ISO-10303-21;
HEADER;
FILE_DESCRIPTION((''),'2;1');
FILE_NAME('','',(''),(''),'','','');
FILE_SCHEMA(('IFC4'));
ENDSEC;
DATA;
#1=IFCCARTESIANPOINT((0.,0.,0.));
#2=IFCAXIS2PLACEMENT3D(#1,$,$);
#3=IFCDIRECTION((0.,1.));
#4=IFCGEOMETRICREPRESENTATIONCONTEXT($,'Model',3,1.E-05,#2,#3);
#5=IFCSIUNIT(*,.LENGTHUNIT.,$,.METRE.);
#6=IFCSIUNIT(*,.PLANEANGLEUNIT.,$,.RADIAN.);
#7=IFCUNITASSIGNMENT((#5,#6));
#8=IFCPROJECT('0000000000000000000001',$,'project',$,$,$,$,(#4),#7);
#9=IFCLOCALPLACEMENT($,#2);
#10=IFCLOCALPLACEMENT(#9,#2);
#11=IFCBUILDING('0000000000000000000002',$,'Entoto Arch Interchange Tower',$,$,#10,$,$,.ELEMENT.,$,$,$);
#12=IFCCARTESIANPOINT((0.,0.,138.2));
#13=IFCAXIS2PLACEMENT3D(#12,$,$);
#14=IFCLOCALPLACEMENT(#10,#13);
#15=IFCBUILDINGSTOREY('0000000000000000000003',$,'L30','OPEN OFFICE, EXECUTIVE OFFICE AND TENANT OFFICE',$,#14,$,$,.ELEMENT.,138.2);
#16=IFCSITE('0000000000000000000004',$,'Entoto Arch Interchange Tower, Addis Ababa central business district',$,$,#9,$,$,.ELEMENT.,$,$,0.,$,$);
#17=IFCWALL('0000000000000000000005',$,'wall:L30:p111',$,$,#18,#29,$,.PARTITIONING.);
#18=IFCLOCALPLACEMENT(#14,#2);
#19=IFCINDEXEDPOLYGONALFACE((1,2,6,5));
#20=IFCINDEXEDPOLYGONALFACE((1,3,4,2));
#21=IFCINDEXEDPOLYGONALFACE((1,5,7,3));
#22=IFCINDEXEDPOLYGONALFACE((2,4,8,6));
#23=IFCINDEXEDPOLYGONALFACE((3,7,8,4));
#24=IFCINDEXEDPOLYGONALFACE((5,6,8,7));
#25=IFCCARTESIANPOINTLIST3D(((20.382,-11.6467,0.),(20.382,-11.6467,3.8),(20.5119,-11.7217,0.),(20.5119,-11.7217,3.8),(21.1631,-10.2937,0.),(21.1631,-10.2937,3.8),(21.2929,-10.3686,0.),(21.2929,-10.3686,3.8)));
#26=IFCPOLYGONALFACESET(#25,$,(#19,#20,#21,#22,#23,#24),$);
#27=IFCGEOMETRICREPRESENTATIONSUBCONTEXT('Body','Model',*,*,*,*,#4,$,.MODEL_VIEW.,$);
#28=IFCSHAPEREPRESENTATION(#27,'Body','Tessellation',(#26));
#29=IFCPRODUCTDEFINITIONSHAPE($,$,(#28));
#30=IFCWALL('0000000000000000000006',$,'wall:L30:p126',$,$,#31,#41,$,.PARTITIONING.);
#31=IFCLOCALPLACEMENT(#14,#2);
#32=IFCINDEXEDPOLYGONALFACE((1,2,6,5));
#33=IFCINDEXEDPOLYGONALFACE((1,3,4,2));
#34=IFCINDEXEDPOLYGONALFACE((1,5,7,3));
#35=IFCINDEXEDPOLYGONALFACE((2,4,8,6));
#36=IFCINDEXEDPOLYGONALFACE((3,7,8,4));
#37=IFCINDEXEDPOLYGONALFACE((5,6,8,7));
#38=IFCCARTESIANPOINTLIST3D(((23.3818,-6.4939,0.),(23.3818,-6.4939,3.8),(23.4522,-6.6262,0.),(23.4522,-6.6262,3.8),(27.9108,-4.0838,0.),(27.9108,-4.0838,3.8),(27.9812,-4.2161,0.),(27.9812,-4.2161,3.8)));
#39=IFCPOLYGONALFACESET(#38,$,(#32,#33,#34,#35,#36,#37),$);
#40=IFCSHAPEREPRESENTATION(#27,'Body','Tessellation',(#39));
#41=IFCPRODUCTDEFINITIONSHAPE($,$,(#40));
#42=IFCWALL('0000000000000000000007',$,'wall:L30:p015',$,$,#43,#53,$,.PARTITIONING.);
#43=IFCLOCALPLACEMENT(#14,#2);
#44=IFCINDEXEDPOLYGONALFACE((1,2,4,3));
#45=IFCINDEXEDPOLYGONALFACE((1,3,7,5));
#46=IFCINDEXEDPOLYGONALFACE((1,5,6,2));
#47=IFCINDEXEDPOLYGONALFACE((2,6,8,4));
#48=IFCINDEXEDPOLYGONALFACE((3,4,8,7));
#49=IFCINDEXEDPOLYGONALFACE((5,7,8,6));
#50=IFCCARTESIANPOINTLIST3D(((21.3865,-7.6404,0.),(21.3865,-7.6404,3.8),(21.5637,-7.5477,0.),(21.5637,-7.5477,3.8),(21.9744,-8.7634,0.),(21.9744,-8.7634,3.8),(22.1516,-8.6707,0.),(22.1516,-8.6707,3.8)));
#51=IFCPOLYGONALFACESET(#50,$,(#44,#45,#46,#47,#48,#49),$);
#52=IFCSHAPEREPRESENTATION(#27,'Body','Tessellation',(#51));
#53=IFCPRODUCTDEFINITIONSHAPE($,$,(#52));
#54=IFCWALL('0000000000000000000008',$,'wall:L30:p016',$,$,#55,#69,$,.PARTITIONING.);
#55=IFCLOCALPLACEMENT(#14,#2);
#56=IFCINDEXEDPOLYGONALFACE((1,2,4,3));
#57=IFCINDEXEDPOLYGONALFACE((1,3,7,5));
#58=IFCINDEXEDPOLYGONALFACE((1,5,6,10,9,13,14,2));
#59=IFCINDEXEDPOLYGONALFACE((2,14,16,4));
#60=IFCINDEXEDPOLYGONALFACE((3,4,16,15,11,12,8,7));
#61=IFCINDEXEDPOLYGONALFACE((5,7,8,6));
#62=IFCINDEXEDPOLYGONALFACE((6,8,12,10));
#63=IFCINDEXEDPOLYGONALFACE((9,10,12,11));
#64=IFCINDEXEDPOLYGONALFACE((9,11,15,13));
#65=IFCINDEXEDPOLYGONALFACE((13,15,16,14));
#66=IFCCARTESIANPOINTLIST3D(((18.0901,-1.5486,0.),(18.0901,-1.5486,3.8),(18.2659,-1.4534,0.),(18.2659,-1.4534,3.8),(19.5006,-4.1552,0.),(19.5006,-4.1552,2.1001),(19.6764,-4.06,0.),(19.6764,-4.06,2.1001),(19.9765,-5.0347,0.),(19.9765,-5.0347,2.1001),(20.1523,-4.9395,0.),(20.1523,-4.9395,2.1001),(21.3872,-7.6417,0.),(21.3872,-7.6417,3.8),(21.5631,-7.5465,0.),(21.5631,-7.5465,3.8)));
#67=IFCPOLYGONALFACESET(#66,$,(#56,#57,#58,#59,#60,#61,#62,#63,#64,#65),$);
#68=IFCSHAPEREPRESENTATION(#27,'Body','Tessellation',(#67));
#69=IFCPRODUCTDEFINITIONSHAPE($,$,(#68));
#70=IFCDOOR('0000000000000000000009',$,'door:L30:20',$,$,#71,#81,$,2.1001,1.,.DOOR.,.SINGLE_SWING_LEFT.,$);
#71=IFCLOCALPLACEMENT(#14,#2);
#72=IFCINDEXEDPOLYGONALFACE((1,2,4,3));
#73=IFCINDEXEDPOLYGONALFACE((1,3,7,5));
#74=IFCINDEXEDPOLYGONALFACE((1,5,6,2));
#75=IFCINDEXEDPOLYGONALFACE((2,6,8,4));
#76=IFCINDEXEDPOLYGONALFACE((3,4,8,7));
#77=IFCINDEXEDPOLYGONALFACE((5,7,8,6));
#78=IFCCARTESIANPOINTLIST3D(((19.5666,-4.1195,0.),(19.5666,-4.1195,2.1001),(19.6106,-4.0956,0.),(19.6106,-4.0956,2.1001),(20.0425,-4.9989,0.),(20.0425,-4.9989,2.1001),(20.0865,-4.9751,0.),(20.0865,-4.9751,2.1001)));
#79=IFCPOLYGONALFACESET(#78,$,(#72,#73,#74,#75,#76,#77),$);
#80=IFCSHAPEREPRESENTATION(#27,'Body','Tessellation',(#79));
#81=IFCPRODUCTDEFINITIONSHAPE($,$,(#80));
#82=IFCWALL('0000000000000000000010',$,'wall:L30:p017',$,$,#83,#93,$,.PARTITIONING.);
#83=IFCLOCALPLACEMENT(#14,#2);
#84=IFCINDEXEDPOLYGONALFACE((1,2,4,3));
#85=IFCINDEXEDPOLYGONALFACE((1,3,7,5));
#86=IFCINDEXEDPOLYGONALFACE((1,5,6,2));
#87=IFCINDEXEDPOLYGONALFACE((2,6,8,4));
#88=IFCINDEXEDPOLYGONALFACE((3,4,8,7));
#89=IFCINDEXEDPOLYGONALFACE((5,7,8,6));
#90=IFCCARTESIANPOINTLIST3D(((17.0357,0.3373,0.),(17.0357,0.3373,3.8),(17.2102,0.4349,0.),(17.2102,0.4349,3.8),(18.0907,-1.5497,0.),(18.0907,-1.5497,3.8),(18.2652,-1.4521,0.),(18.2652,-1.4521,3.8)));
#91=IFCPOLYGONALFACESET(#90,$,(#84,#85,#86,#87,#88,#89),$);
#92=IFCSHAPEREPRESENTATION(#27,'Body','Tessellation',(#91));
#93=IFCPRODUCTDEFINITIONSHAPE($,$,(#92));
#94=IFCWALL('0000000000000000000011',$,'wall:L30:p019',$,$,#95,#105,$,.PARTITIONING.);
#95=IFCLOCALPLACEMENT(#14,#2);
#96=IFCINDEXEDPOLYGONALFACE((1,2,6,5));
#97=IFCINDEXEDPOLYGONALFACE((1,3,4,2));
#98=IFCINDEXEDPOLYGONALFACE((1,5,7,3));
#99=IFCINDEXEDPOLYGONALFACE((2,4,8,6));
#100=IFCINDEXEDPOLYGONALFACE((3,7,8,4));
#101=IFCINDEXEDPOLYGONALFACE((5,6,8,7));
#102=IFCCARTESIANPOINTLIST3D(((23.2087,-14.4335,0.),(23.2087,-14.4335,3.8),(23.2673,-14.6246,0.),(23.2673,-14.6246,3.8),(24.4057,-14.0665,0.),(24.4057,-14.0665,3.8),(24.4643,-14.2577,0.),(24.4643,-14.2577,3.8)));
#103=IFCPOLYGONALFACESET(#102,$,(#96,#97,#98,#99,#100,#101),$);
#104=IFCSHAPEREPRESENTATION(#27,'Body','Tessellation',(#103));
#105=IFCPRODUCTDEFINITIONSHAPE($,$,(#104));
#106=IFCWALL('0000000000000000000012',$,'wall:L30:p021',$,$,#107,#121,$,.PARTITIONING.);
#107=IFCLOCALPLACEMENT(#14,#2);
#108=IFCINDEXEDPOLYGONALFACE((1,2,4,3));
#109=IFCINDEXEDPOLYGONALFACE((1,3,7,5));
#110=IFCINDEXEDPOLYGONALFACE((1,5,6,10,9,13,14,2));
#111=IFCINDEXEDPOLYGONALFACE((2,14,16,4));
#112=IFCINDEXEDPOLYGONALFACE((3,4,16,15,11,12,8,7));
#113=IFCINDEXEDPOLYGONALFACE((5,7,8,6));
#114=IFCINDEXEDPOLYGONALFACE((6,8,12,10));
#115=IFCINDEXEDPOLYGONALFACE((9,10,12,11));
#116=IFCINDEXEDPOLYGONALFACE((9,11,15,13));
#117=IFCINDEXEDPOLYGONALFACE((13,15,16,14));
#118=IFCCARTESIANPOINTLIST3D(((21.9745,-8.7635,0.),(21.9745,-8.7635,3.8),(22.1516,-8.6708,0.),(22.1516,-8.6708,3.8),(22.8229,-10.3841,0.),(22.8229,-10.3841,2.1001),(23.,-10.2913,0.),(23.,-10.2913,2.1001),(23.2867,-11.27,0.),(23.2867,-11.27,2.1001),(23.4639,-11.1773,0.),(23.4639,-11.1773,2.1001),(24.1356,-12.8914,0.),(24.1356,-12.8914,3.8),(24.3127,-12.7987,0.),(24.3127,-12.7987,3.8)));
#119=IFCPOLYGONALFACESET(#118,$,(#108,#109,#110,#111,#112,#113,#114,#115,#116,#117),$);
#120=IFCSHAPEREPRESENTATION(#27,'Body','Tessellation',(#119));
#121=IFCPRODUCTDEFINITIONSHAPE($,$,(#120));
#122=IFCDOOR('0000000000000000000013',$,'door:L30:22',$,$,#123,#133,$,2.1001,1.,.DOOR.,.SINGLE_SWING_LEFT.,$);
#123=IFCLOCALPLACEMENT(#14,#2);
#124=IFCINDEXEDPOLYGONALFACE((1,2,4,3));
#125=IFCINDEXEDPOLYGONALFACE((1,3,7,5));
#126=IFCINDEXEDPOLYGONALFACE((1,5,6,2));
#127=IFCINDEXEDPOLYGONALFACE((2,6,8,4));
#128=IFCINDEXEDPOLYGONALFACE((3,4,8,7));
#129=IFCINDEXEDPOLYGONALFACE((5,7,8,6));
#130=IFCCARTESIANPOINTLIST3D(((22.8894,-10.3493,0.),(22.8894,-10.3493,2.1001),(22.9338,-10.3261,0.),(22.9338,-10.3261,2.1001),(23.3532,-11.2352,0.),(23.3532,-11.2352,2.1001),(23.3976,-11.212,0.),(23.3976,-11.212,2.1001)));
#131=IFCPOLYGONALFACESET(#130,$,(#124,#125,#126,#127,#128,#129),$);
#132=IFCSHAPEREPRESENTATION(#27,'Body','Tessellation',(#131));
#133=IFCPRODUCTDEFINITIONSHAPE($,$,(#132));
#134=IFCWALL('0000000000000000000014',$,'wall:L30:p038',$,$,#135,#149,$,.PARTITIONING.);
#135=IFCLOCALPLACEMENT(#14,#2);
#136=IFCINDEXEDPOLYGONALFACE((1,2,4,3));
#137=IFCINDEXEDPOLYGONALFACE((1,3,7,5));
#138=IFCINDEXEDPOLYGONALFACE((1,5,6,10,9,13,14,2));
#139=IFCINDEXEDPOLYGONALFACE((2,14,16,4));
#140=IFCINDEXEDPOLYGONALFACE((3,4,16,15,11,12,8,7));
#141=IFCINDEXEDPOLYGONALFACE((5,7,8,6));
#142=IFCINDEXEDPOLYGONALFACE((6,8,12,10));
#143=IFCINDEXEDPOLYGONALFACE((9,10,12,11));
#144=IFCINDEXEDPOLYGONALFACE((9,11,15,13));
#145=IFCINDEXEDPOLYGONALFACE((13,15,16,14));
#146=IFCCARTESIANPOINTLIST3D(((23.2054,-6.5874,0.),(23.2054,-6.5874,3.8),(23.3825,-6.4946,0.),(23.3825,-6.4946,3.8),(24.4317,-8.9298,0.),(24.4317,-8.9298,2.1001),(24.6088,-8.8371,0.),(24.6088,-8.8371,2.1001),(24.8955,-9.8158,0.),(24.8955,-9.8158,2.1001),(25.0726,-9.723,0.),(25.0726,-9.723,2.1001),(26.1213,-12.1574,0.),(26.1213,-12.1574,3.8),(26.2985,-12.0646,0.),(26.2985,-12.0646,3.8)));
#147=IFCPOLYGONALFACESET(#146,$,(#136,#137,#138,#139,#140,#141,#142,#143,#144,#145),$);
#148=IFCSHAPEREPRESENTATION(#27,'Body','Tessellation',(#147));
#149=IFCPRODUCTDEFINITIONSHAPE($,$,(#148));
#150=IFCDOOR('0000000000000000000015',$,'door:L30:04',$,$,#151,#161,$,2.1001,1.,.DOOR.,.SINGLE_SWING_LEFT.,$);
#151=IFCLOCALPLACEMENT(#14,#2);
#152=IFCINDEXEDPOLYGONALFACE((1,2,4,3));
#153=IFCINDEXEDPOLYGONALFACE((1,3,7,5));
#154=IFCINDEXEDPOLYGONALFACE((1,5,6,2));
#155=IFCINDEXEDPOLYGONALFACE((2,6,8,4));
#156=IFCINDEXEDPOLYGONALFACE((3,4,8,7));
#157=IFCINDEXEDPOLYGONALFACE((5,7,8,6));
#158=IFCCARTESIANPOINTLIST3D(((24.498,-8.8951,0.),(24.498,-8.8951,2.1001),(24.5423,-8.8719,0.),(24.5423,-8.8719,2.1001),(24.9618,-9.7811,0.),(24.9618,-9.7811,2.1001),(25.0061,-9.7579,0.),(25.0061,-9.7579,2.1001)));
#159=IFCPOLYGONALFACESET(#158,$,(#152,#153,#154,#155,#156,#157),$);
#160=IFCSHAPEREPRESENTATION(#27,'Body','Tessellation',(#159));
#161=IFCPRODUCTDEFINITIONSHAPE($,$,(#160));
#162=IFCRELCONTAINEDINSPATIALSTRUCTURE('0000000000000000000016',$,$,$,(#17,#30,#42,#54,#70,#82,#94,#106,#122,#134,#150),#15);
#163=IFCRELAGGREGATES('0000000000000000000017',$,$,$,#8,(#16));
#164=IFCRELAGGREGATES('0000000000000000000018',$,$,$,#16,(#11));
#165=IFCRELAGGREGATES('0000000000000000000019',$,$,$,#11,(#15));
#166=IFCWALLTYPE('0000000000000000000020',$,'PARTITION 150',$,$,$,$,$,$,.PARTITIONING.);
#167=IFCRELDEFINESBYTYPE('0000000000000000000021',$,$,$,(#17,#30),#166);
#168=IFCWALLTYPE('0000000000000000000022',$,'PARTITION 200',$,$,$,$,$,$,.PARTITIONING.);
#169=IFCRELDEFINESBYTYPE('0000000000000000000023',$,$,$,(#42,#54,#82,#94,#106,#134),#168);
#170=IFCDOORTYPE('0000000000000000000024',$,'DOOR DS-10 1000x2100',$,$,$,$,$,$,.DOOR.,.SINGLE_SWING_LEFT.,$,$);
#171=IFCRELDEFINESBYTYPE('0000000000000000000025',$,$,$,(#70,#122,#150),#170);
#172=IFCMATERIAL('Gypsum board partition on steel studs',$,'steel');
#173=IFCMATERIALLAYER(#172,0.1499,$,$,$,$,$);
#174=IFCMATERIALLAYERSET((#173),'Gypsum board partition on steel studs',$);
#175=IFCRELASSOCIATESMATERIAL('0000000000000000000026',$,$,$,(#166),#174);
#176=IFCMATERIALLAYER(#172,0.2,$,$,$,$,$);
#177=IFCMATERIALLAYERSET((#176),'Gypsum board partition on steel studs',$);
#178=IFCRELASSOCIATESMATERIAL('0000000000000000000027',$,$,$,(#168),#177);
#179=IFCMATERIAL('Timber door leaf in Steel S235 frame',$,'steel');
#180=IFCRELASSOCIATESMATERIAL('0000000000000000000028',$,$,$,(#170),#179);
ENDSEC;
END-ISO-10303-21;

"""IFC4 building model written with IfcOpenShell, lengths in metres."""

from ifc_helpers import new_model, si_unit, direction, frame, frame_2d, origin, place, context, subcontext, project, spatial, rectangle, extrude, material, layer, layer_set, type_object, element, fill, save


model = new_model("IFC4")

# Units and contexts
model_context = context("Model", 3, precision=1e-05, world=origin(), true_north=direction((0.0, 1.0)))
body_context = subcontext(model_context, "Body", "Model", "MODEL_VIEW")
ifc_project = project(units=[si_unit("LENGTHUNIT", "METRE"), si_unit("PLANEANGLEUNIT", "RADIAN")], contexts=[model_context])

# Site, building, storey
site_placement = place(None, origin())
site = spatial("IfcSite", under=ifc_project, at=site_placement, Name="Entoto Arch Interchange Tower, Addis Ababa central business district", CompositionType="ELEMENT", RefElevation=0.0)
building_placement = place(site_placement, origin())
building = spatial("IfcBuilding", under=site, at=building_placement, Name="Entoto Arch Interchange Tower", CompositionType="ELEMENT")
storey_placement = place(building_placement, frame((0.0, 0.0, 138.2)))
storey = spatial("IfcBuildingStorey", under=building, at=storey_placement, Name="L30", Description="OPEN OFFICE, EXECUTIVE OFFICE AND TENANT OFFICE", CompositionType="ELEMENT", Elevation=138.2)

# Walls
ifc_material_1 = material(Name="Gypsum board partition on steel studs", Category="steel")
ifc_layer_1 = layer(ifc_material_1, 0.1499)
ifc_layer_set_1 = layer_set([ifc_layer_1], Name="Gypsum board partition on steel studs")
wall_type_1 = type_object("IfcWallType", Name="PARTITION 150", PredefinedType="PARTITIONING", material=ifc_layer_set_1)
wall_1_placement = place(storey_placement, frame((21.228, -10.3311, 0.0), z_axis=(0.0, 0.0, 1.0), x_axis=(-0.499921, -0.866071, 0.0)))
element("IfcWall", 1, at=wall_1_placement, inside=storey, type_object=wall_type_1, Name="wall:L30:p111", PredefinedType="PARTITIONING", context=body_context, shape_type="SweptSolid", body=[
    extrude(rectangle(XDim=1.5623, YDim=0.1499, at=frame_2d((0.7812, 0.0))), origin(), (0.0, 0.0, 1.0), 3.8),
])
wall_2_placement = place(storey_placement, frame((23.417, -6.5601, 0.0), z_axis=(0.0, 0.0, 1.0), x_axis=(0.882785, 0.469778, 0.0)))
element("IfcWall", 2, at=wall_2_placement, inside=storey, type_object=wall_type_1, Name="wall:L30:p126", PredefinedType="PARTITIONING", context=body_context, shape_type="SweptSolid", body=[
    extrude(rectangle(XDim=5.1304, YDim=0.1499, at=frame_2d((2.5652, 0.0))), origin(), (0.0, 0.0, 1.0), 3.8),
])
ifc_layer_2 = layer(ifc_material_1, 0.2)
ifc_layer_set_2 = layer_set([ifc_layer_2], Name="Gypsum board partition on steel studs")
wall_type_2 = type_object("IfcWallType", Name="PARTITION 200", PredefinedType="PARTITIONING", material=ifc_layer_set_2)
wall_3_placement = place(storey_placement, frame((22.063, -8.717, 0.0), z_axis=(0.0, 0.0, 1.0), x_axis=(-0.463777, 0.885952, 0.0)))
element("IfcWall", 3, at=wall_3_placement, inside=storey, type_object=wall_type_2, Name="wall:L30:p015", PredefinedType="PARTITIONING", context=body_context, shape_type="SweptSolid", body=[
    extrude(rectangle(XDim=1.2676, YDim=0.2, at=frame_2d((0.6338, 0.0))), origin(), (0.0, 0.0, 1.0), 3.8),
])

# Wall, opening, door
wall_4_placement = place(storey_placement, frame((21.4751, -7.594, 0.0), z_axis=(0.0, 0.0, 1.0), x_axis=(-0.475919, 0.879489, 0.0)))
wall_4 = element("IfcWall", 4, at=wall_4_placement, inside=storey, type_object=wall_type_2, Name="wall:L30:p016", PredefinedType="PARTITIONING", context=body_context, shape_type="SweptSolid", body=[
    extrude(rectangle(XDim=6.928, YDim=0.2, at=frame_2d((3.4639, 0.0))), origin(), (0.0, 0.0, 1.0), 3.8),
])
opening_1_placement = place(wall_4_placement, frame((2.9641, 0.0, 0.0)))
opening_1 = element("IfcOpeningElement", 5, at=opening_1_placement, cuts=wall_4, PredefinedType="OPENING", context=body_context, shape_type="SweptSolid", body=[
    extrude(rectangle(XDim=1.0, YDim=2.1001, at=frame_2d((0.5, 1.05))), frame((0.0, 0.1099, 0.0), z_axis=(0.0, -1.0, 0.0), x_axis=(1.0, 0.0, 0.0)), (0.0, 0.0, 1.0), 0.22),
])
ifc_material_2 = material(Name="Timber door leaf in Steel S235 frame", Category="steel")
door_type = type_object("IfcDoorType", Name="DOOR DS-10 1000x2100", OperationType="SINGLE_SWING_LEFT", PredefinedType="DOOR", material=ifc_material_2)
door_1_placement = place(opening_1_placement, origin())
door_1 = element("IfcDoor", 6, at=door_1_placement, inside=storey, type_object=door_type, Name="door:L30:20", OperationType="SINGLE_SWING_LEFT", OverallHeight=2.1001, OverallWidth=1.0, PredefinedType="DOOR", context=body_context, shape_type="SweptSolid", body=[
    extrude(rectangle(XDim=1.0, YDim=2.1001, at=frame_2d((0.5, 1.05))), frame((0.0, 0.0249, 0.0), z_axis=(0.0, -1.0, 0.0), x_axis=(1.0, 0.0, 0.0)), (0.0, 0.0, 1.0), 0.05),
])
fill(opening_1, door_1)

# Walls
wall_5_placement = place(storey_placement, frame((18.178, -1.501, 0.0), z_axis=(0.0, 0.0, 1.0), x_axis=(-0.487981, 0.872854, 0.0)))
element("IfcWall", 7, at=wall_5_placement, inside=storey, type_object=wall_type_2, Name="wall:L30:p017", PredefinedType="PARTITIONING", context=body_context, shape_type="SweptSolid", body=[
    extrude(rectangle(XDim=2.1619, YDim=0.2, at=frame_2d((1.0811, 0.0))), origin(), (0.0, 0.0, 1.0), 3.8),
])
wall_6_placement = place(storey_placement, frame((23.238, -14.5291, 0.0), z_axis=(0.0, 0.0, 1.0), x_axis=(0.956086, 0.293085, 0.0)))
element("IfcWall", 8, at=wall_6_placement, inside=storey, type_object=wall_type_2, Name="wall:L30:p019", PredefinedType="PARTITIONING", context=body_context, shape_type="SweptSolid", body=[
    extrude(rectangle(XDim=1.252, YDim=0.2, at=frame_2d((0.626, 0.0))), origin(), (0.0, 0.0, 1.0), 3.8),
])

# Walls, openings, doors
wall_7_placement = place(storey_placement, frame((24.2241, -12.845, 0.0), z_axis=(0.0, 0.0, 1.0), x_axis=(-0.463819, 0.88593, 0.0)))
wall_7 = element("IfcWall", 9, at=wall_7_placement, inside=storey, type_object=wall_type_2, Name="wall:L30:p021", PredefinedType="PARTITIONING", context=body_context, shape_type="SweptSolid", body=[
    extrude(rectangle(XDim=4.6594, YDim=0.2, at=frame_2d((2.3296, 0.0))), origin(), (0.0, 0.0, 1.0), 3.8),
])
opening_2_placement = place(wall_7_placement, frame((1.8301, 0.0, 0.0)))
opening_2 = element("IfcOpeningElement", 10, at=opening_2_placement, cuts=wall_7, PredefinedType="OPENING", context=body_context, shape_type="SweptSolid", body=[
    extrude(rectangle(XDim=1.0, YDim=2.1001, at=frame_2d((0.5, 1.05))), frame((0.0, 0.1099, 0.0), z_axis=(0.0, -1.0, 0.0), x_axis=(1.0, 0.0, 0.0)), (0.0, 0.0, 1.0), 0.22),
])
door_2_placement = place(opening_2_placement, origin())
door_2 = element("IfcDoor", 11, at=door_2_placement, inside=storey, type_object=door_type, Name="door:L30:22", OperationType="SINGLE_SWING_LEFT", OverallHeight=2.1001, OverallWidth=1.0, PredefinedType="DOOR", context=body_context, shape_type="SweptSolid", body=[
    extrude(rectangle(XDim=1.0, YDim=2.1001, at=frame_2d((0.5, 1.05))), frame((0.0, 0.0249, 0.0), z_axis=(0.0, -1.0, 0.0), x_axis=(1.0, 0.0, 0.0)), (0.0, 0.0, 1.0), 0.05),
])
fill(opening_2, door_2)
wall_8_placement = place(storey_placement, frame((23.2939, -6.541, 0.0), z_axis=(0.0, 0.0, 1.0), x_axis=(0.463802, -0.885939, 0.0)))
wall_8 = element("IfcWall", 12, at=wall_8_placement, inside=storey, type_object=wall_type_2, Name="wall:L30:p038", PredefinedType="PARTITIONING", context=body_context, shape_type="SweptSolid", body=[
    extrude(rectangle(XDim=6.2871, YDim=0.2, at=frame_2d((3.1436, 0.0))), origin(), (0.0, 0.0, 1.0), 3.8),
])
opening_3_placement = place(wall_8_placement, frame((2.644, 0.0, 0.0)))
opening_3 = element("IfcOpeningElement", 13, at=opening_3_placement, cuts=wall_8, PredefinedType="OPENING", context=body_context, shape_type="SweptSolid", body=[
    extrude(rectangle(XDim=1.0, YDim=2.1001, at=frame_2d((0.5, 1.05))), frame((0.0, 0.1099, 0.0), z_axis=(0.0, -1.0, 0.0), x_axis=(1.0, 0.0, 0.0)), (0.0, 0.0, 1.0), 0.22),
])
door_3_placement = place(opening_3_placement, origin())
door_3 = element("IfcDoor", 14, at=door_3_placement, inside=storey, type_object=door_type, Name="door:L30:04", OperationType="SINGLE_SWING_LEFT", OverallHeight=2.1001, OverallWidth=1.0, PredefinedType="DOOR", context=body_context, shape_type="SweptSolid", body=[
    extrude(rectangle(XDim=1.0, YDim=2.1001, at=frame_2d((0.5, 1.05))), frame((0.0, 0.0249, 0.0), z_axis=(0.0, -1.0, 0.0), x_axis=(1.0, 0.0, 0.0)), (0.0, 0.0, 1.0), 0.05),
])
fill(opening_3, door_3)

save(model, "model.ifc")
